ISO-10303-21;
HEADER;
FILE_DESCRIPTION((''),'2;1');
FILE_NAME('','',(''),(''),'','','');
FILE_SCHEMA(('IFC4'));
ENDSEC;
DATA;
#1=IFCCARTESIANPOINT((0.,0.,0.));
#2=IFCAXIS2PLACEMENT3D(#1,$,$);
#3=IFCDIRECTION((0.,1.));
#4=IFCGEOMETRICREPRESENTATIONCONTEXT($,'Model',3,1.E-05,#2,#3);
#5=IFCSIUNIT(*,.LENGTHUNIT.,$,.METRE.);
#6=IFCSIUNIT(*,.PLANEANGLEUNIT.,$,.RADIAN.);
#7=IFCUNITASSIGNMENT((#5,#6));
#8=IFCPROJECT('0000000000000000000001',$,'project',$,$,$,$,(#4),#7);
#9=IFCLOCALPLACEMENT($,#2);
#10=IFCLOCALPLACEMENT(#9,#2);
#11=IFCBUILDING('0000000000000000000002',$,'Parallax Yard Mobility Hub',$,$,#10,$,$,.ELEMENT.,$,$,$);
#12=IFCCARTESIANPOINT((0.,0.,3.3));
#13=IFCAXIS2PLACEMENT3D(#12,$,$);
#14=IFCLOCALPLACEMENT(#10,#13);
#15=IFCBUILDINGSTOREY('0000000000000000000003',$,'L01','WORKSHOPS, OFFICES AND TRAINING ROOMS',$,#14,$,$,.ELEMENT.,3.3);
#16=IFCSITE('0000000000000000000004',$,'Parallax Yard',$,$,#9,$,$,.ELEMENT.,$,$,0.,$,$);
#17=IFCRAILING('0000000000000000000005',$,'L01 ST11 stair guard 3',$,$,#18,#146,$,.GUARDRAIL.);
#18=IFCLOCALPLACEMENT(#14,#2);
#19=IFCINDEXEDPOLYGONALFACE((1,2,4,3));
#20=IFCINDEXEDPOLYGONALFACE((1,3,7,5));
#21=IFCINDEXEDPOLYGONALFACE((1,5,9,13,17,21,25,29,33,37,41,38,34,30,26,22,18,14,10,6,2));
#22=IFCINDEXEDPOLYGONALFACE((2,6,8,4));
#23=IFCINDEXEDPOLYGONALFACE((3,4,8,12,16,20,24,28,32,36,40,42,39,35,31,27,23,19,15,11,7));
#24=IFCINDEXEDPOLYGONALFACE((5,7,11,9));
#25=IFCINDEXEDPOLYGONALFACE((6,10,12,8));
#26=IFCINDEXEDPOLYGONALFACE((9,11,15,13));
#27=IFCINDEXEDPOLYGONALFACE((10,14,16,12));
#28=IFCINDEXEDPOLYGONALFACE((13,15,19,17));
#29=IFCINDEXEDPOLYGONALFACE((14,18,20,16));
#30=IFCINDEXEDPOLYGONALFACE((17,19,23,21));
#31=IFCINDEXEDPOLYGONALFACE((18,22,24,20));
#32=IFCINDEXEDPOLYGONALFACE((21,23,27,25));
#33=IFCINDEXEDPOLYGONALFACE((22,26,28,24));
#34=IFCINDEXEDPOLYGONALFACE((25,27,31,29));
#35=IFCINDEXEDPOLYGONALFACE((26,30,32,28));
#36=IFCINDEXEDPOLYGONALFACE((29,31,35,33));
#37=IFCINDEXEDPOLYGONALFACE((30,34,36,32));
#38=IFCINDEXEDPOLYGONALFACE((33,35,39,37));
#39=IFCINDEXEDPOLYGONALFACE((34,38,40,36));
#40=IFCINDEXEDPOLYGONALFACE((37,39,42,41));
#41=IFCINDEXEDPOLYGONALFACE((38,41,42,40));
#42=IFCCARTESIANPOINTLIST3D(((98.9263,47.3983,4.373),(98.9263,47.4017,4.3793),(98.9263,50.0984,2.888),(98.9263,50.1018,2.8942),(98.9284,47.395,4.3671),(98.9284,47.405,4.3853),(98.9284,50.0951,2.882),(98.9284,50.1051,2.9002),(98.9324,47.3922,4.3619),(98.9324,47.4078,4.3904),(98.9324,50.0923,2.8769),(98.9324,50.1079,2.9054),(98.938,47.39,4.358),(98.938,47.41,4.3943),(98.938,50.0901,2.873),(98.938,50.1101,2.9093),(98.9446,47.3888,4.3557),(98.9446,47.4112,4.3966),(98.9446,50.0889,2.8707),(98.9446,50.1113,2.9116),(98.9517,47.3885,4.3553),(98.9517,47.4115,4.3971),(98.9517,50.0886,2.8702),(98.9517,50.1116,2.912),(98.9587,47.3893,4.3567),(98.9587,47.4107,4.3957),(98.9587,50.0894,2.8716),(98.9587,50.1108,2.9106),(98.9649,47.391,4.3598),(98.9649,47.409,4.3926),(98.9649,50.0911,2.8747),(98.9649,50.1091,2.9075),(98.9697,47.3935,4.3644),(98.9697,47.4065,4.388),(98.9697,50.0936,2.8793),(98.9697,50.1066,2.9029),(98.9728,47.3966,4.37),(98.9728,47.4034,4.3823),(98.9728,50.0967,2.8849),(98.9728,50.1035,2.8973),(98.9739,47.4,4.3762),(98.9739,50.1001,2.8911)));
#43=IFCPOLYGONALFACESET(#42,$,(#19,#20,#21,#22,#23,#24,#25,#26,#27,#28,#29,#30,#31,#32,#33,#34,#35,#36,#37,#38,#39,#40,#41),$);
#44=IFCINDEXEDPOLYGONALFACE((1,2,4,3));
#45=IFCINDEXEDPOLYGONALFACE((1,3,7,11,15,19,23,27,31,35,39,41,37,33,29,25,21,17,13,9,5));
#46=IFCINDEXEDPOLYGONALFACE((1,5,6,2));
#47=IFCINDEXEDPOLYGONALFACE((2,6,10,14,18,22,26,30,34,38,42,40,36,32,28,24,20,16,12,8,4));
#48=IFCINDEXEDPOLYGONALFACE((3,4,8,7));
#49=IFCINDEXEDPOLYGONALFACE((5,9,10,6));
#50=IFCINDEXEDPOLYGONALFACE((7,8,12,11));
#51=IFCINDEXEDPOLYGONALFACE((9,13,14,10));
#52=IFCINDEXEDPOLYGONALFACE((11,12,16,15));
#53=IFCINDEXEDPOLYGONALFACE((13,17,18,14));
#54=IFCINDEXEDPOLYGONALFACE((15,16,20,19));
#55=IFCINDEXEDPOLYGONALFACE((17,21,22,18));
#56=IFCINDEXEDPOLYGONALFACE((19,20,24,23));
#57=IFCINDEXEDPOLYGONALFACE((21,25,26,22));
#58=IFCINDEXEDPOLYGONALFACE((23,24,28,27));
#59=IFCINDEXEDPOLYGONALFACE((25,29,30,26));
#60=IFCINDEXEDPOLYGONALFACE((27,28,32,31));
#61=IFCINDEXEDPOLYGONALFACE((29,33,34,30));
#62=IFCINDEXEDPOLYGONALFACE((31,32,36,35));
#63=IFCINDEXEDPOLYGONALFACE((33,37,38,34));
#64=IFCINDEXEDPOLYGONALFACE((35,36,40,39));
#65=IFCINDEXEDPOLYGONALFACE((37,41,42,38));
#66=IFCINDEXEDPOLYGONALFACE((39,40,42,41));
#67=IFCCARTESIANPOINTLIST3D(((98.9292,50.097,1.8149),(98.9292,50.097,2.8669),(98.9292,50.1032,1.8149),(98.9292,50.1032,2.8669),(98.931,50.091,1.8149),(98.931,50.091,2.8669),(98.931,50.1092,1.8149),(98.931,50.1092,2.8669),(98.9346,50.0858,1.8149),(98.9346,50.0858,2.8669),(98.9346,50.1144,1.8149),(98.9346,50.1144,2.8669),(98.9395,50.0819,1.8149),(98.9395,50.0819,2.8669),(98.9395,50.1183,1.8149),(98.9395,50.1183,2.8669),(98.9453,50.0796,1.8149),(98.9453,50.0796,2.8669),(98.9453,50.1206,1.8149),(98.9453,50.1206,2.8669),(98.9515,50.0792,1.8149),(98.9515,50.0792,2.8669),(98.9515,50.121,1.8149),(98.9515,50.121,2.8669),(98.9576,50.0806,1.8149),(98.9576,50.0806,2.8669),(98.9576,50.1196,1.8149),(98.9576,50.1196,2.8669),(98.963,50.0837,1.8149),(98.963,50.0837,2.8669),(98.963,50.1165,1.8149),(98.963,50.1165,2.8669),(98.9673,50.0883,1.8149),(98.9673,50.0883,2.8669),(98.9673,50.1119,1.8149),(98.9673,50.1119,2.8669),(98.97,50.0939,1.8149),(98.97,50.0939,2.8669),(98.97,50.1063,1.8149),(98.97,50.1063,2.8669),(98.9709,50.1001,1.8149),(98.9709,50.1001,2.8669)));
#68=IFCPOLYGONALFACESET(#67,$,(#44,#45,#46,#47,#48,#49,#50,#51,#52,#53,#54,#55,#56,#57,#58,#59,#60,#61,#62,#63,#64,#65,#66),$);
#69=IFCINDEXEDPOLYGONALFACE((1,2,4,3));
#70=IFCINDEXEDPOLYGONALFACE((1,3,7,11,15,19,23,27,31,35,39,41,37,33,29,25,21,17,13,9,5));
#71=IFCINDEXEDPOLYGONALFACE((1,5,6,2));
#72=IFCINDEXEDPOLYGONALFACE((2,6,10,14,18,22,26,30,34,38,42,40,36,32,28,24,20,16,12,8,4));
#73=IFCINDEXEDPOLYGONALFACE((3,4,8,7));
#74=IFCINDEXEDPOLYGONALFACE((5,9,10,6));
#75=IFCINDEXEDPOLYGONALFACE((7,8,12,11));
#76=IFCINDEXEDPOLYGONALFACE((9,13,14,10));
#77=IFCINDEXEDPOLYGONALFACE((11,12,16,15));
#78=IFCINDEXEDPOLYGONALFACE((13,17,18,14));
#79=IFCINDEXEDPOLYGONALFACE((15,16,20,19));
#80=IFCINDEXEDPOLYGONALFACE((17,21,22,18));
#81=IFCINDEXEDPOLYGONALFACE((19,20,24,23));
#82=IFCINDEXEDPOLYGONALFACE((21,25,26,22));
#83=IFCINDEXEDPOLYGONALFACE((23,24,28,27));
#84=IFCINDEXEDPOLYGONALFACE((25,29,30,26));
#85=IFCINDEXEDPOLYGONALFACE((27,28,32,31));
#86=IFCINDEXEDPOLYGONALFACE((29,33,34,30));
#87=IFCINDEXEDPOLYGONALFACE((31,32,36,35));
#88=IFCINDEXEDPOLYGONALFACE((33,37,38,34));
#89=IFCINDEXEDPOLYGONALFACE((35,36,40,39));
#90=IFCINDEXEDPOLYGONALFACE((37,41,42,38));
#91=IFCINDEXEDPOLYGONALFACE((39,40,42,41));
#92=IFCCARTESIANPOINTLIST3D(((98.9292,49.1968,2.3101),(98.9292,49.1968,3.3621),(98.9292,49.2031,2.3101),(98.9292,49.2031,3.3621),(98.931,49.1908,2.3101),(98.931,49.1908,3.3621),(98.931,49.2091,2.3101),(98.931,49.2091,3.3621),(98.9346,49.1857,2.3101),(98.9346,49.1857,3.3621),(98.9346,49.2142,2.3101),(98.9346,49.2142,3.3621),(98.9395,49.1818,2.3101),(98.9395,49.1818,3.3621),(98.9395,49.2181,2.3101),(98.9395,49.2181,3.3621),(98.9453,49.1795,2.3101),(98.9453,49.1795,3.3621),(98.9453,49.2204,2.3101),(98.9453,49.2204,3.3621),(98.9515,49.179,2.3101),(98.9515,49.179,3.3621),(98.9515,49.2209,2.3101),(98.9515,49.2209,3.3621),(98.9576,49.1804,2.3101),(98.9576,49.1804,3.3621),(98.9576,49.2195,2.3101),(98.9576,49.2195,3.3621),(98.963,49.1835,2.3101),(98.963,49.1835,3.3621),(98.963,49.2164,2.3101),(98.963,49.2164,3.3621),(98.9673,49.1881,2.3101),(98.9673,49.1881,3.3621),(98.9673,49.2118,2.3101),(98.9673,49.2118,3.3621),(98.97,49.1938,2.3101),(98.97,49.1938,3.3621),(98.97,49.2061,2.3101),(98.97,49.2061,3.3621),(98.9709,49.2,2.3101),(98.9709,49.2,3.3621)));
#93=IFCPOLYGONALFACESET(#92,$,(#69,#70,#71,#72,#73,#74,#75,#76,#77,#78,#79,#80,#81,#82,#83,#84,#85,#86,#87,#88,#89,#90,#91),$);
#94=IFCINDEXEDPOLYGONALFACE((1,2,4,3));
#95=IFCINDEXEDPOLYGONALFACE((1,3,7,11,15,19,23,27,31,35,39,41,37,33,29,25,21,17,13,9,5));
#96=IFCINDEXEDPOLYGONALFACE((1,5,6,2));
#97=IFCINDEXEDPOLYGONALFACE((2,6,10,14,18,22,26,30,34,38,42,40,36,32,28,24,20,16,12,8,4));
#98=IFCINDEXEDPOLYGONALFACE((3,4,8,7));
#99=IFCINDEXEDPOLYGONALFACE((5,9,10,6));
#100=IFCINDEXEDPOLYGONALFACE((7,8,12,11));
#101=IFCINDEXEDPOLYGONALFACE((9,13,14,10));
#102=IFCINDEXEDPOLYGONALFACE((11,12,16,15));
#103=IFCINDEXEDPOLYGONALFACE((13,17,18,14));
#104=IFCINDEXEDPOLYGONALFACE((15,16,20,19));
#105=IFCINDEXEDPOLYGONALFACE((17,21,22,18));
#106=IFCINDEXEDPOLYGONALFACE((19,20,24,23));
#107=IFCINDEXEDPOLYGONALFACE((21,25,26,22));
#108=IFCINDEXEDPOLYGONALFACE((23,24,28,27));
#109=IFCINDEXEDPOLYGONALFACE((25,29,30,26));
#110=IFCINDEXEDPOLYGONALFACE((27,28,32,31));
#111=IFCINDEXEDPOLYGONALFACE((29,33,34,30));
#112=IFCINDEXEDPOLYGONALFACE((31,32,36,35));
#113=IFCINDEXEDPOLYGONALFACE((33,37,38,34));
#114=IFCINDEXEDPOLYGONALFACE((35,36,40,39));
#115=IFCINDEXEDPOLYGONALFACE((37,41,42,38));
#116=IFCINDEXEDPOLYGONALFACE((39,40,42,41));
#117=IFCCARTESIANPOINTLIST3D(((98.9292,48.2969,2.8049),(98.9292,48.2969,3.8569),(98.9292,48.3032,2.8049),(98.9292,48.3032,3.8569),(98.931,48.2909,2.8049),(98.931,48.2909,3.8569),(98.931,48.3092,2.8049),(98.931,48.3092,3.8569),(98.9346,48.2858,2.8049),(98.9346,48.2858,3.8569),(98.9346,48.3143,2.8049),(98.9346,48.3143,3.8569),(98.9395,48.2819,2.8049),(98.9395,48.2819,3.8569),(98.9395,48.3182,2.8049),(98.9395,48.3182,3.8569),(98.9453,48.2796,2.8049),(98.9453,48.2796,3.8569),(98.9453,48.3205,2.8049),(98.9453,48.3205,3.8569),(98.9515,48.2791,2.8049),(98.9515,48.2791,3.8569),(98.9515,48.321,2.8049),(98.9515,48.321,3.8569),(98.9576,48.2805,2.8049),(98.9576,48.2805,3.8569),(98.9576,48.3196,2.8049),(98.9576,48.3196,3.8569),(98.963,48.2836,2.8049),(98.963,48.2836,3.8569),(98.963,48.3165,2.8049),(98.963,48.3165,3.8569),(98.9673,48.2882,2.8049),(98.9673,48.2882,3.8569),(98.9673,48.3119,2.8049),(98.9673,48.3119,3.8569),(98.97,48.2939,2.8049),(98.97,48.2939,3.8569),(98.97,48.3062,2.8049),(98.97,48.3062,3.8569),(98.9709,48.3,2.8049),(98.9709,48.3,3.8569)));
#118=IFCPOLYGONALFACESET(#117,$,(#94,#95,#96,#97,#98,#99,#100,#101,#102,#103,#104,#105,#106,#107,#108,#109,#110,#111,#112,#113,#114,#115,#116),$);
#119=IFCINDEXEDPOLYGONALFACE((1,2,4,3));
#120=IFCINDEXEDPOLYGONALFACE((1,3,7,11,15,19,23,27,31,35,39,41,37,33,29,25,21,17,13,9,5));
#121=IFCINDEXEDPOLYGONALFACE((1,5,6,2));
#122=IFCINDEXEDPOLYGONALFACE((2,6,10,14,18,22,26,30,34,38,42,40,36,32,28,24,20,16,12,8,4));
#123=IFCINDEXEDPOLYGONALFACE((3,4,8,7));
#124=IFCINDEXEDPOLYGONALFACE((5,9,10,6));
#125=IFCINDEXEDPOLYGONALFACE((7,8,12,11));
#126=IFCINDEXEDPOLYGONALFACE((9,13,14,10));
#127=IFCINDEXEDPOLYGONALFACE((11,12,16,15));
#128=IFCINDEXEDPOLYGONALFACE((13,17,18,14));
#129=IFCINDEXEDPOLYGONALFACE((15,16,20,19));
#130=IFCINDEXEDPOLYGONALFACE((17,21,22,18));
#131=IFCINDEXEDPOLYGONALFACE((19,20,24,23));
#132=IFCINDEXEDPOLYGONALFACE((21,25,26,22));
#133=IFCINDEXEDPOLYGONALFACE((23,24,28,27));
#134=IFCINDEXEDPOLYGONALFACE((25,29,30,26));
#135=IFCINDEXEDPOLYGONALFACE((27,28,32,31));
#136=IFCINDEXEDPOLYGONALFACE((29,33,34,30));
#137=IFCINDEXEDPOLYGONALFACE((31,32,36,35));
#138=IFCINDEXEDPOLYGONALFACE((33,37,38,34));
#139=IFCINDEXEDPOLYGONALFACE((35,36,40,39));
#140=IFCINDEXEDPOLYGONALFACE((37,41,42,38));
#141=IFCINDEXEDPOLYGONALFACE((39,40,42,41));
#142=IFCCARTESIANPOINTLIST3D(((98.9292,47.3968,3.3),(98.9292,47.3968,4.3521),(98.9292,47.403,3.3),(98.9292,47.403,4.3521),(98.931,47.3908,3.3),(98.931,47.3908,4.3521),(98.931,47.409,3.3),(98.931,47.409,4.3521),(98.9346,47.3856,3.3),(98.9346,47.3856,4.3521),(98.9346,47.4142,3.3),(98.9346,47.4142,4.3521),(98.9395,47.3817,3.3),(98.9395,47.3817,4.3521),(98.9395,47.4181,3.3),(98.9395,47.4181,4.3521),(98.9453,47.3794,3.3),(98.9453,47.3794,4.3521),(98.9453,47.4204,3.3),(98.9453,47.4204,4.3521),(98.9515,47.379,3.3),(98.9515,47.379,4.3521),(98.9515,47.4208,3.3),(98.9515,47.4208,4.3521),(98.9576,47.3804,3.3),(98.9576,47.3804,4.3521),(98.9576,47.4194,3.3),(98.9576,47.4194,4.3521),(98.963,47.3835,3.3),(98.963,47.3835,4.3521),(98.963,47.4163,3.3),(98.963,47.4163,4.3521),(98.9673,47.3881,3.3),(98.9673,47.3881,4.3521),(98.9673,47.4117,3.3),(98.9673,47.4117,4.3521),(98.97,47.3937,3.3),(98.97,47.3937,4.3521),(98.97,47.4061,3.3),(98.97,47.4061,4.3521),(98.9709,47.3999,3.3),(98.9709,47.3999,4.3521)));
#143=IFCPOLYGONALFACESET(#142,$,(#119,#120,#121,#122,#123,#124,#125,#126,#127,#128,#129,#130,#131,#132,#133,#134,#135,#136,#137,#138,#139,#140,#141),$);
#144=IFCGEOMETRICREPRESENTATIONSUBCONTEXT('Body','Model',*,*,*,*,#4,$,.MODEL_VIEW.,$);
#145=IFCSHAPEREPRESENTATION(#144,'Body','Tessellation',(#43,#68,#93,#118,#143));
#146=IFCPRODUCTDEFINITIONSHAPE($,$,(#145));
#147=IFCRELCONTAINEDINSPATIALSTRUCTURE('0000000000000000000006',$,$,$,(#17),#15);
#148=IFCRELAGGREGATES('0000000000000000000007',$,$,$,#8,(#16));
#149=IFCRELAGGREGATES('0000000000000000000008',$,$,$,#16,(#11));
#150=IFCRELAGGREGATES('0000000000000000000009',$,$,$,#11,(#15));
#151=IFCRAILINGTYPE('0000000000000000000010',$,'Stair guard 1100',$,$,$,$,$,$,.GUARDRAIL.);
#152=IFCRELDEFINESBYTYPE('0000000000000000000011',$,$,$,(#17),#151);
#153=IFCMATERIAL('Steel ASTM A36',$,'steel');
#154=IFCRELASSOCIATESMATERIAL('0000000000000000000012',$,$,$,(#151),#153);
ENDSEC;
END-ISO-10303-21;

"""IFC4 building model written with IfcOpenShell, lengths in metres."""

from ifc_helpers import new_model, si_unit, direction, frame, origin, origin_2d, place, context, subcontext, project, spatial, circle, extrude, material, type_object, element, save


model = new_model("IFC4")

# Units and contexts
model_context = context("Model", 3, precision=1e-05, world=origin(), true_north=direction((0.0, 1.0)))
body_context = subcontext(model_context, "Body", "Model", "MODEL_VIEW")
ifc_project = project(units=[si_unit("LENGTHUNIT", "METRE"), si_unit("PLANEANGLEUNIT", "RADIAN")], contexts=[model_context])

# Site, building, storey
site_placement = place(None, origin())
site = spatial("IfcSite", under=ifc_project, at=site_placement, Name="Parallax Yard", CompositionType="ELEMENT", RefElevation=0.0)
building_placement = place(site_placement, origin())
building = spatial("IfcBuilding", under=site, at=building_placement, Name="Parallax Yard Mobility Hub", CompositionType="ELEMENT")
storey_placement = place(building_placement, frame((0.0, 0.0, 3.3)))
storey = spatial("IfcBuildingStorey", under=building, at=storey_placement, Name="L01", Description="WORKSHOPS, OFFICES AND TRAINING ROOMS", CompositionType="ELEMENT", Elevation=3.3)

# Railing
ifc_material_1 = material(Name="Steel ASTM A36", Category="steel")
railing_type_1 = type_object("IfcRailingType", Name="Stair guard 1100", PredefinedType="GUARDRAIL", material=ifc_material_1)
railing_1_placement = place(storey_placement, frame((98.95, 50.1001, 1.8149)))
element("IfcRailing", 1, at=railing_1_placement, inside=storey, type_object=railing_type_1, Name="L01 ST11 stair guard 3", PredefinedType="GUARDRAIL", context=body_context, shape_type="SweptSolid", body=[
    extrude(circle(Radius=0.0239, at=origin_2d()), frame((0.0, 0.0, 1.0762), z_axis=(0.0, -0.876216, 0.481919), x_axis=(1.0, 0.0, 0.0)), (0.0, 0.0, 1.0), 3.0815),
    extrude(circle(Radius=0.021, at=origin_2d()), origin(), (0.0, 0.0, 1.0), 1.052),
    extrude(circle(Radius=0.021, at=origin_2d()), frame((0.0, -0.9001, 0.4951)), (0.0, 0.0, 1.0), 1.052),
    extrude(circle(Radius=0.021, at=origin_2d()), frame((0.0, -1.8, 0.99)), (0.0, 0.0, 1.0), 1.052),
    extrude(circle(Radius=0.021, at=origin_2d()), frame((0.0, -2.7002, 1.4851)), (0.0, 0.0, 1.0), 1.052),
])

save(model, "model.ifc")
